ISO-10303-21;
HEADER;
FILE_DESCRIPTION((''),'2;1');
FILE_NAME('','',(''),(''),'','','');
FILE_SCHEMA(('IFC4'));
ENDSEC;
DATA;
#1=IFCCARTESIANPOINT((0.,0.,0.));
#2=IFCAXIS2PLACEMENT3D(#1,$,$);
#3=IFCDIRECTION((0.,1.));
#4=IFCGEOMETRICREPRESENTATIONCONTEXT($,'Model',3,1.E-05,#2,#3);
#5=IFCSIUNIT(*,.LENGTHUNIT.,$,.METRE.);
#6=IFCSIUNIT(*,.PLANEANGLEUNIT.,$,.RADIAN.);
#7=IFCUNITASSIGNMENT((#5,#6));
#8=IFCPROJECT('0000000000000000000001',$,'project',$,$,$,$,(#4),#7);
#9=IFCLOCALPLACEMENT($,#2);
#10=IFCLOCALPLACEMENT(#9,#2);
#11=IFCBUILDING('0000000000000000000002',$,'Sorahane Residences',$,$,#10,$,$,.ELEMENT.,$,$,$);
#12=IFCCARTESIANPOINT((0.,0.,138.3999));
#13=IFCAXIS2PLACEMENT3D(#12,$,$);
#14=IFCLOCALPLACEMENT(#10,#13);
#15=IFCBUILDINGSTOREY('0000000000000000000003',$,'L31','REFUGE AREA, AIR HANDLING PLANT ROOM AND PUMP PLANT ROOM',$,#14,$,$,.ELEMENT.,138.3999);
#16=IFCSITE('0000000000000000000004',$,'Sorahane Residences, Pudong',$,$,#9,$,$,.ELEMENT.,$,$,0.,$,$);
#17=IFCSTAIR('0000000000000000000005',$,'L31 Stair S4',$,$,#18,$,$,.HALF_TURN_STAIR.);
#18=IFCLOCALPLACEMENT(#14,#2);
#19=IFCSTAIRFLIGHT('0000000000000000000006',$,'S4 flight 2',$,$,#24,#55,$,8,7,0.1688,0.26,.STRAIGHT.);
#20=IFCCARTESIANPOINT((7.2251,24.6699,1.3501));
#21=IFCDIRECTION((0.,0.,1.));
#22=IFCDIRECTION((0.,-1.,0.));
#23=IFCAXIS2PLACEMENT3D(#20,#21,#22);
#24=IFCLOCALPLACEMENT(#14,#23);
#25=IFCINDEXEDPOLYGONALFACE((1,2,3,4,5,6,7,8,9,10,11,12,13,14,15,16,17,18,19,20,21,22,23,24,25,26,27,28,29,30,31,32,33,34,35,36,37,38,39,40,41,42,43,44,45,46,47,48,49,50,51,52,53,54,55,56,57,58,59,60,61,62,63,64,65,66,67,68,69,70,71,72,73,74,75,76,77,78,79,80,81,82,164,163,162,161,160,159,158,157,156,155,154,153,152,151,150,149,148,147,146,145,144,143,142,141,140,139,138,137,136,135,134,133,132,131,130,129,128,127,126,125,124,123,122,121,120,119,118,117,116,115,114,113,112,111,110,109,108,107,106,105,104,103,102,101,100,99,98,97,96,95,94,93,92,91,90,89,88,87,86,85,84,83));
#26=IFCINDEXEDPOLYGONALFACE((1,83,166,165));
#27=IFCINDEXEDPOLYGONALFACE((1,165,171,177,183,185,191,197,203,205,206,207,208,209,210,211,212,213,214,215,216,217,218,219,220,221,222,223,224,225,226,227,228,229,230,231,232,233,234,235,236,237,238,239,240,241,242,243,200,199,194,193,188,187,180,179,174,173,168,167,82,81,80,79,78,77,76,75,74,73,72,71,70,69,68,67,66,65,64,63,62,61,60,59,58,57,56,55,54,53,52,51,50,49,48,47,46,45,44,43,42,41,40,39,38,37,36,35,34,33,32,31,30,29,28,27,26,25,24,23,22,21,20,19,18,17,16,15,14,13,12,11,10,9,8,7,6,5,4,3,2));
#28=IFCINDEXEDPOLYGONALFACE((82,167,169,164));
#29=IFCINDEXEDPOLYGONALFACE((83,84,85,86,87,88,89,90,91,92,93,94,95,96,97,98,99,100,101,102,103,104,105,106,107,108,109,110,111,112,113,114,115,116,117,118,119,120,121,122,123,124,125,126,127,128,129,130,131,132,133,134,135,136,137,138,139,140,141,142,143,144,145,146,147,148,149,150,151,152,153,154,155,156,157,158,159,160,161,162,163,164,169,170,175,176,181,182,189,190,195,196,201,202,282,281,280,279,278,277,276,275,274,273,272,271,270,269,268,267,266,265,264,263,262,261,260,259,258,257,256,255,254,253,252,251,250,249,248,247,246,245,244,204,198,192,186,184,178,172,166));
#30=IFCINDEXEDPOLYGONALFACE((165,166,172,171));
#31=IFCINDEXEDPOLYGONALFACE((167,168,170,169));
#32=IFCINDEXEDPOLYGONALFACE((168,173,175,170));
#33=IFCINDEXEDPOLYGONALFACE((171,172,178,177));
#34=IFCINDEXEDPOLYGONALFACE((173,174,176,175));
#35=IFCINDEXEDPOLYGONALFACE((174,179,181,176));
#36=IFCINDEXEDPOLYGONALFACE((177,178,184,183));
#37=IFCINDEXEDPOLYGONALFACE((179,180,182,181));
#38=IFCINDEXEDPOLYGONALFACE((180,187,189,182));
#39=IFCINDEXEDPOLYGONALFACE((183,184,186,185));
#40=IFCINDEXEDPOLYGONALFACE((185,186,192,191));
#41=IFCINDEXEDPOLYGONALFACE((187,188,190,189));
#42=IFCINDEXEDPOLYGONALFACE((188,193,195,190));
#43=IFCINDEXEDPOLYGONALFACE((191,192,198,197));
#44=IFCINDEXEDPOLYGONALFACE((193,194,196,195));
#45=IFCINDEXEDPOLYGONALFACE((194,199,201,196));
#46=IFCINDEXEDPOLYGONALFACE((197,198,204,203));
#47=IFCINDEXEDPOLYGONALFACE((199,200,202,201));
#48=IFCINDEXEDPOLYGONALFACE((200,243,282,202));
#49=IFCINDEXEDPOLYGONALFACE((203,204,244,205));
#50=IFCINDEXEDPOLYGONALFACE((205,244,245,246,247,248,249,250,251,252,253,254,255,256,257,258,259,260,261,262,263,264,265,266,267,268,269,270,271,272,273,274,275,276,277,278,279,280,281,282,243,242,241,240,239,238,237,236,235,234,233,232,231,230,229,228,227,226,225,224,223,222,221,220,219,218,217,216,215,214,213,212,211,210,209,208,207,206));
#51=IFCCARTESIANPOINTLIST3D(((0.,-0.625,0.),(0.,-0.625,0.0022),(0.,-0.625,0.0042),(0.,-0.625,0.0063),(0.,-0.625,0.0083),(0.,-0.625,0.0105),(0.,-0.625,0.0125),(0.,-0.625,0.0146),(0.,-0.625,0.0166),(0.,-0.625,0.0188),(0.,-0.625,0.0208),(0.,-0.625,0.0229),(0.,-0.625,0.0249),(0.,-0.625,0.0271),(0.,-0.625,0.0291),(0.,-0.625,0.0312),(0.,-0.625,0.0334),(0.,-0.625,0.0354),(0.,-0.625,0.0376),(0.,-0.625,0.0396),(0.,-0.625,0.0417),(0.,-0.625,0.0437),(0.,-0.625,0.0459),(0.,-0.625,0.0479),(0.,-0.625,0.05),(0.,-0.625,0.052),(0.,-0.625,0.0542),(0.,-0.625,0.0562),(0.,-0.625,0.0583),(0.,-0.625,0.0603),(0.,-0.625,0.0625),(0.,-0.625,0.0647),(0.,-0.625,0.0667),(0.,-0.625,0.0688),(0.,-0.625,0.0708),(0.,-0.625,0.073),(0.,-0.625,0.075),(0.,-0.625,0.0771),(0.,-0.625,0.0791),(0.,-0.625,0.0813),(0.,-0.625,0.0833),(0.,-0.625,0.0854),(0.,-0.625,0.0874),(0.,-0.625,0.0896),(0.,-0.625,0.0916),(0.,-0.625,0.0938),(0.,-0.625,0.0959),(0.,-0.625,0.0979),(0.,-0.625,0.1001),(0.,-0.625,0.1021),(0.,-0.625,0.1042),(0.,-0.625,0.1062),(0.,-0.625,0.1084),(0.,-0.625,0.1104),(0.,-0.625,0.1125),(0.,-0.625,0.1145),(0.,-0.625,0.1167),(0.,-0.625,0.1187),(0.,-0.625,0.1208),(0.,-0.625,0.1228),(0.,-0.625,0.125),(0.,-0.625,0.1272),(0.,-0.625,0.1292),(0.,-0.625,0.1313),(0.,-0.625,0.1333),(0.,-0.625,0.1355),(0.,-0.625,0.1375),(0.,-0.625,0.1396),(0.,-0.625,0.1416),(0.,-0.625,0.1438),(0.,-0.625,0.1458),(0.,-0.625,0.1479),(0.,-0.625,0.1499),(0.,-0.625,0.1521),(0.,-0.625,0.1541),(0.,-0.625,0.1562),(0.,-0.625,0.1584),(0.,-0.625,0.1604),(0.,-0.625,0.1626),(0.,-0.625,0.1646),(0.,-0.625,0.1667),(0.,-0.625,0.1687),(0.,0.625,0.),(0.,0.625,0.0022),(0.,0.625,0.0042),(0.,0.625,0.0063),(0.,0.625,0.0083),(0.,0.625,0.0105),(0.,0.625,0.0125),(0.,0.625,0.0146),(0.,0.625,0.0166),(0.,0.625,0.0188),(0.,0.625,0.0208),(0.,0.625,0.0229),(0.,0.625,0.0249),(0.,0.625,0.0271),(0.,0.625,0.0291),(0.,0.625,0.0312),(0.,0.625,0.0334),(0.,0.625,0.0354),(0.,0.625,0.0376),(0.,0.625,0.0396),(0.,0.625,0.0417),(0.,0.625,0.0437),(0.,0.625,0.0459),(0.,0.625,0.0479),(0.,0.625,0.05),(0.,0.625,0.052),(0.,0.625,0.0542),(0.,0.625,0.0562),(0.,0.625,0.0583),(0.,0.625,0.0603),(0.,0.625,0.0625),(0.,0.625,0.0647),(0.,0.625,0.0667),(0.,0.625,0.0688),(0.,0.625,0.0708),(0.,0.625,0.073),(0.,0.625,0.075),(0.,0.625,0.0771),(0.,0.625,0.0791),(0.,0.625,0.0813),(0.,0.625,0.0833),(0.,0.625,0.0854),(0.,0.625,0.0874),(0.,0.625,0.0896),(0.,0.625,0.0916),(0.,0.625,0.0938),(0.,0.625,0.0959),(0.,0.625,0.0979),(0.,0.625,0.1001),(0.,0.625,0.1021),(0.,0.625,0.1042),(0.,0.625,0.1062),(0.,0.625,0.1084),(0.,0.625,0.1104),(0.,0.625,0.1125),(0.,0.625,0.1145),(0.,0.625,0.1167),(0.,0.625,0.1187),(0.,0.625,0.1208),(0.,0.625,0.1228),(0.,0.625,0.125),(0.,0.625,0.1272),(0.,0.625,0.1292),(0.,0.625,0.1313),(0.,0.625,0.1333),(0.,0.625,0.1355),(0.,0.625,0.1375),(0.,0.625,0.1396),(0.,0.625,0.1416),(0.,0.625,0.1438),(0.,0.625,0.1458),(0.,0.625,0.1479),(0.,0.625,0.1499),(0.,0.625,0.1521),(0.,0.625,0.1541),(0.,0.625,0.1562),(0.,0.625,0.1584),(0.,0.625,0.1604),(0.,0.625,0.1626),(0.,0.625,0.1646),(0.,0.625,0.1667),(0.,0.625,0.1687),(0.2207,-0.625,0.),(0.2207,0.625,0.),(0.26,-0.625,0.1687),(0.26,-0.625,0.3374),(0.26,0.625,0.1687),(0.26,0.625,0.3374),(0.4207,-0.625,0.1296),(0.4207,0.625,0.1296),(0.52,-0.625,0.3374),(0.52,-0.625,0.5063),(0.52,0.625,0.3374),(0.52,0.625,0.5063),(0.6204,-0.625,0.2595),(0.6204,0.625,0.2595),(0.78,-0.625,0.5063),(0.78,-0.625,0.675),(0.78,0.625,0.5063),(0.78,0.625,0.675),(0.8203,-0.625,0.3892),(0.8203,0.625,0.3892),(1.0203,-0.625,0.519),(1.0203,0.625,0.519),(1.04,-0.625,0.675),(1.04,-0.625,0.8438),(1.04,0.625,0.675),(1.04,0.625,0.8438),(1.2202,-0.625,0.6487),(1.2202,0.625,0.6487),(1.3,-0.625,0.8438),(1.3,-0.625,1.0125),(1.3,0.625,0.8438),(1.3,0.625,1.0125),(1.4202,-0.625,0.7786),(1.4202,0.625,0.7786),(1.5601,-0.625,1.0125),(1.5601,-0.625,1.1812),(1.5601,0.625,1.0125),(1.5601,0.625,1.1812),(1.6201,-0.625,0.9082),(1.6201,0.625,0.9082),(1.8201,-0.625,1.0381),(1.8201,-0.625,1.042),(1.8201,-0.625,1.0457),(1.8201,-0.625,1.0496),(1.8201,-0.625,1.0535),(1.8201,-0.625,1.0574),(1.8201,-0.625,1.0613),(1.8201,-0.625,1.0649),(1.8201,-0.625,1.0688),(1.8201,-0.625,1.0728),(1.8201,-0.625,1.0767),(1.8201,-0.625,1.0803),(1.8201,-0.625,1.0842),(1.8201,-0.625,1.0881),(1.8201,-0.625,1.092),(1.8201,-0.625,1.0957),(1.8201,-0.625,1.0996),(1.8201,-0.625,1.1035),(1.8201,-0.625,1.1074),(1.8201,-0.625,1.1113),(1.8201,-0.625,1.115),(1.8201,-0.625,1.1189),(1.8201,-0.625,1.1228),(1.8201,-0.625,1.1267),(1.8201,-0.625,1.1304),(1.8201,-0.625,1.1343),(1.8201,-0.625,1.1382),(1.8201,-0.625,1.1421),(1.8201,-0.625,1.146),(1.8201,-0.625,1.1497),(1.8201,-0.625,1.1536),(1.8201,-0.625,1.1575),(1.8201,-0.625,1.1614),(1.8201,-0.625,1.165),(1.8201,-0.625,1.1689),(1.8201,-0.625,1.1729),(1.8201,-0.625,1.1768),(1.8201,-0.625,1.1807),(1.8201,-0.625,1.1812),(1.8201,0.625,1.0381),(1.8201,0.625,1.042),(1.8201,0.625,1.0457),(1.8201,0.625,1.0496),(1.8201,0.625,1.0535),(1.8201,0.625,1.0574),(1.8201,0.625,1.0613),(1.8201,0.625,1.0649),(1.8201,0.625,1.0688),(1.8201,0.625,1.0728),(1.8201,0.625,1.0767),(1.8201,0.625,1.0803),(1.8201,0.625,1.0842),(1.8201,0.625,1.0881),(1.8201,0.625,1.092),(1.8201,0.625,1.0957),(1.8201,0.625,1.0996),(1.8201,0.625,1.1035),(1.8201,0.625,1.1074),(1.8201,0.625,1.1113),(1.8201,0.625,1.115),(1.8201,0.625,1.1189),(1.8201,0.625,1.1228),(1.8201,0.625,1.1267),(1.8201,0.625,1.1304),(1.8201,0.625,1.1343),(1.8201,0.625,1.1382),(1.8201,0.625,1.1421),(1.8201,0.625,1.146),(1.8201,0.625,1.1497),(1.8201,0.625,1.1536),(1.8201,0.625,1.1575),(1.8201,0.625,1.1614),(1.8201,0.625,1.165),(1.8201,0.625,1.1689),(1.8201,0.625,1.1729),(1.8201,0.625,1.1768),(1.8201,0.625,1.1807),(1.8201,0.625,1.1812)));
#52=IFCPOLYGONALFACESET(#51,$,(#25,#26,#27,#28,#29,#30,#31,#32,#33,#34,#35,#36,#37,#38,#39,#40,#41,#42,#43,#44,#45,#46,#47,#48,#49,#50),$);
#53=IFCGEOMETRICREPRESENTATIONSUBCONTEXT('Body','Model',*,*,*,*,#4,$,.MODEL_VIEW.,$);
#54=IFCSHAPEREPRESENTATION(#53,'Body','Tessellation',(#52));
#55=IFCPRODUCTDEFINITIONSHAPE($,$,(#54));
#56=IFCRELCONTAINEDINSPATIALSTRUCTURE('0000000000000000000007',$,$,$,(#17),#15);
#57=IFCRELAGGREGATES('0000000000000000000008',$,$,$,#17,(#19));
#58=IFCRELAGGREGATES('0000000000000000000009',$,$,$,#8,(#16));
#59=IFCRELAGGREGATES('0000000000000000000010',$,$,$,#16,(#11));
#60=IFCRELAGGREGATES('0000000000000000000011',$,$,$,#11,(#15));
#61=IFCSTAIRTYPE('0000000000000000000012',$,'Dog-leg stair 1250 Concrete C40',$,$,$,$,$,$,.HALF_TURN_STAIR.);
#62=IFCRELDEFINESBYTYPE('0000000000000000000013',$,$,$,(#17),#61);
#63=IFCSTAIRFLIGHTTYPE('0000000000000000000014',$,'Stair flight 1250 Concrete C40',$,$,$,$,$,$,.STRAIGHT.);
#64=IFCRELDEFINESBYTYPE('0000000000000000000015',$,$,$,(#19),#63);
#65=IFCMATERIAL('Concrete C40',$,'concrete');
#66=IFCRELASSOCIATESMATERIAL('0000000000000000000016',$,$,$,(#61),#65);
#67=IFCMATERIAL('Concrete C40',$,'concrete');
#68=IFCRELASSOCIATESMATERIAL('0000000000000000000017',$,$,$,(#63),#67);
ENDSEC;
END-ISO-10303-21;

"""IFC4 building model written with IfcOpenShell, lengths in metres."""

from ifc_helpers import new_model, si_unit, direction, frame, origin, place, context, subcontext, project, spatial, polyline, outline, extrude, material, type_object, element, aggregate, save


model = new_model("IFC4")

# Units and contexts
model_context = context("Model", 3, precision=1e-05, world=origin(), true_north=direction((0.0, 1.0)))
body_context = subcontext(model_context, "Body", "Model", "MODEL_VIEW")
ifc_project = project(units=[si_unit("LENGTHUNIT", "METRE"), si_unit("PLANEANGLEUNIT", "RADIAN")], contexts=[model_context])

# Site, building, storey
site_placement = place(None, origin())
site = spatial("IfcSite", under=ifc_project, at=site_placement, Name="Sorahane Residences, Pudong", CompositionType="ELEMENT", RefElevation=0.0)
building_placement = place(site_placement, origin())
building = spatial("IfcBuilding", under=site, at=building_placement, Name="Sorahane Residences", CompositionType="ELEMENT")
storey_placement = place(building_placement, frame((0.0, 0.0, 138.3999)))
storey = spatial("IfcBuildingStorey", under=building, at=storey_placement, Name="L31", Description="REFUGE AREA, AIR HANDLING PLANT ROOM AND PUMP PLANT ROOM", CompositionType="ELEMENT", Elevation=138.3999)

# Stair, stair flight
ifc_material_1 = material(Name="Concrete C40", Category="concrete")
stair_type = type_object("IfcStairType", Name="Dog-leg stair 1250 Concrete C40", PredefinedType="HALF_TURN_STAIR", material=ifc_material_1)
stair_placement = place(storey_placement, origin())
stair = element("IfcStair", 1, at=stair_placement, inside=storey, type_object=stair_type, Name="L31 Stair S4", PredefinedType="HALF_TURN_STAIR")
ifc_material_2 = material(Name="Concrete C40", Category="concrete")
stair_flight_type = type_object("IfcStairFlightType", Name="Stair flight 1250 Concrete C40", PredefinedType="STRAIGHT", material=ifc_material_2)
stair_flight_1_placement = place(storey_placement, frame((7.2251, 24.6699, 1.3501), z_axis=(0.0, 0.0, 1.0), x_axis=(0.0, -1.0, 0.0)))
stair_flight_1 = element("IfcStairFlight", 2, at=stair_flight_1_placement, type_object=stair_flight_type, Name="S4 flight 2", NumberOfRisers=8, NumberOfTreads=7, PredefinedType="STRAIGHT", RiserHeight=0.1688, TreadLength=0.26, context=body_context, shape_type="SweptSolid", body=[
    extrude(outline(polyline([(0.0, 0.0), (0.0, 0.0022), (0.0, 0.0042), (0.0, 0.0063), (0.0, 0.0083), (0.0, 0.0105), (0.0, 0.0125), (0.0, 0.0146), (0.0, 0.0166), (0.0, 0.0188), (0.0, 0.0208), (0.0, 0.0229), (0.0, 0.0249), (0.0, 0.0271), (0.0, 0.0291), (0.0, 0.0312), (0.0, 0.0334), (0.0, 0.0354), (0.0, 0.0376), (0.0, 0.0396), (0.0, 0.0417), (0.0, 0.0437), (0.0, 0.0459), (0.0, 0.0479), (0.0, 0.05), (0.0, 0.052), (0.0, 0.0542), (0.0, 0.0562), (0.0, 0.0583), (0.0, 0.0603), (0.0, 0.0625), (0.0, 0.0647), (0.0, 0.0667), (0.0, 0.0688), (0.0, 0.0708), (0.0, 0.073), (0.0, 0.075), (0.0, 0.0771), (0.0, 0.0791), (0.0, 0.0813), (0.0, 0.0833), (0.0, 0.0854), (0.0, 0.0874), (0.0, 0.0896), (0.0, 0.0916), (0.0, 0.0938), (0.0, 0.0959), (0.0, 0.0979), (0.0, 0.1001), (0.0, 0.1021), (0.0, 0.1042), (0.0, 0.1062), (0.0, 0.1084), (0.0, 0.1104), (0.0, 0.1125), (0.0, 0.1145), (0.0, 0.1167), (0.0, 0.1187), (0.0, 0.1208), (0.0, 0.1228), (0.0, 0.125), (0.0, 0.1272), (0.0, 0.1292), (0.0, 0.1313), (0.0, 0.1333), (0.0, 0.1355), (0.0, 0.1375), (0.0, 0.1396), (0.0, 0.1416), (0.0, 0.1438), (0.0, 0.1458), (0.0, 0.1479), (0.0, 0.1499), (0.0, 0.1521), (0.0, 0.1541), (0.0, 0.1562), (0.0, 0.1584), (0.0, 0.1604), (0.0, 0.1626), (0.0, 0.1646), (0.0, 0.1667), (0.0, 0.1687), (0.26, 0.1687), (0.26, 0.3374), (0.52, 0.3374), (0.52, 0.5063), (0.78, 0.5063), (0.78, 0.675), (1.04, 0.675), (1.04, 0.8438), (1.3, 0.8438), (1.3, 1.0125), (1.5601, 1.0125), (1.5601, 1.1812), (1.8201, 1.1812), (1.8201, 1.3501), (1.8201, 1.3462), (1.8201, 1.3423), (1.8201, 1.3384), (1.8201, 1.3347), (1.8201, 1.3308), (1.8201, 1.3269), (1.8201, 1.323), (1.8201, 1.3191), (1.8201, 1.3154), (1.8201, 1.3115), (1.8201, 1.3076), (1.8201, 1.3037), (1.8201, 1.3), (1.8201, 1.2961), (1.8201, 1.2922), (1.8201, 1.2883), (1.8201, 1.2844), (1.8201, 1.2808), (1.8201, 1.2769), (1.8201, 1.2729), (1.8201, 1.269), (1.8201, 1.2654), (1.8201, 1.2615), (1.8201, 1.2576), (1.8201, 1.2537), (1.8201, 1.2498), (1.8201, 1.2461), (1.8201, 1.2422), (1.8201, 1.2383), (1.8201, 1.2344), (1.8201, 1.2307), (1.8201, 1.2268), (1.8201, 1.2229), (1.8201, 1.219), (1.8201, 1.2151), (1.8201, 1.2114), (1.8201, 1.2075), (1.8201, 1.2036), (1.8201, 1.1997), (1.8201, 1.196), (1.8201, 1.1921), (1.8201, 1.1882), (1.8201, 1.1843), (1.8201, 1.1807), (1.8201, 1.1768), (1.8201, 1.1729), (1.8201, 1.1689), (1.8201, 1.165), (1.8201, 1.1614), (1.8201, 1.1575), (1.8201, 1.1536), (1.8201, 1.1497), (1.8201, 1.146), (1.8201, 1.1421), (1.8201, 1.1382), (1.8201, 1.1343), (1.8201, 1.1304), (1.8201, 1.1267), (1.8201, 1.1228), (1.8201, 1.1189), (1.8201, 1.115), (1.8201, 1.1113), (1.8201, 1.1074), (1.8201, 1.1035), (1.8201, 1.0996), (1.8201, 1.0957), (1.8201, 1.092), (1.8201, 1.0881), (1.8201, 1.0842), (1.8201, 1.0803), (1.8201, 1.0767), (1.8201, 1.0728), (1.8201, 1.0688), (1.8201, 1.0649), (1.8201, 1.0613), (1.8201, 1.0574), (1.8201, 1.0535), (1.8201, 1.0496), (1.8201, 1.0457), (1.8201, 1.042), (1.8201, 1.0381), (1.6201, 0.9082), (1.4202, 0.7786), (1.2202, 0.6487), (1.0203, 0.519), (0.8203, 0.3892), (0.6204, 0.2595), (0.4207, 0.1296), (0.2207, 0.0), (0.0, 0.0)])), frame((0.0, 0.625, 0.0), z_axis=(0.0, -1.0, 0.0), x_axis=(1.0, 0.0, 0.0)), (0.0, 0.0, 1.0), 1.25),
])
aggregate(stair, [stair_flight_1])

save(model, "model.ifc")
